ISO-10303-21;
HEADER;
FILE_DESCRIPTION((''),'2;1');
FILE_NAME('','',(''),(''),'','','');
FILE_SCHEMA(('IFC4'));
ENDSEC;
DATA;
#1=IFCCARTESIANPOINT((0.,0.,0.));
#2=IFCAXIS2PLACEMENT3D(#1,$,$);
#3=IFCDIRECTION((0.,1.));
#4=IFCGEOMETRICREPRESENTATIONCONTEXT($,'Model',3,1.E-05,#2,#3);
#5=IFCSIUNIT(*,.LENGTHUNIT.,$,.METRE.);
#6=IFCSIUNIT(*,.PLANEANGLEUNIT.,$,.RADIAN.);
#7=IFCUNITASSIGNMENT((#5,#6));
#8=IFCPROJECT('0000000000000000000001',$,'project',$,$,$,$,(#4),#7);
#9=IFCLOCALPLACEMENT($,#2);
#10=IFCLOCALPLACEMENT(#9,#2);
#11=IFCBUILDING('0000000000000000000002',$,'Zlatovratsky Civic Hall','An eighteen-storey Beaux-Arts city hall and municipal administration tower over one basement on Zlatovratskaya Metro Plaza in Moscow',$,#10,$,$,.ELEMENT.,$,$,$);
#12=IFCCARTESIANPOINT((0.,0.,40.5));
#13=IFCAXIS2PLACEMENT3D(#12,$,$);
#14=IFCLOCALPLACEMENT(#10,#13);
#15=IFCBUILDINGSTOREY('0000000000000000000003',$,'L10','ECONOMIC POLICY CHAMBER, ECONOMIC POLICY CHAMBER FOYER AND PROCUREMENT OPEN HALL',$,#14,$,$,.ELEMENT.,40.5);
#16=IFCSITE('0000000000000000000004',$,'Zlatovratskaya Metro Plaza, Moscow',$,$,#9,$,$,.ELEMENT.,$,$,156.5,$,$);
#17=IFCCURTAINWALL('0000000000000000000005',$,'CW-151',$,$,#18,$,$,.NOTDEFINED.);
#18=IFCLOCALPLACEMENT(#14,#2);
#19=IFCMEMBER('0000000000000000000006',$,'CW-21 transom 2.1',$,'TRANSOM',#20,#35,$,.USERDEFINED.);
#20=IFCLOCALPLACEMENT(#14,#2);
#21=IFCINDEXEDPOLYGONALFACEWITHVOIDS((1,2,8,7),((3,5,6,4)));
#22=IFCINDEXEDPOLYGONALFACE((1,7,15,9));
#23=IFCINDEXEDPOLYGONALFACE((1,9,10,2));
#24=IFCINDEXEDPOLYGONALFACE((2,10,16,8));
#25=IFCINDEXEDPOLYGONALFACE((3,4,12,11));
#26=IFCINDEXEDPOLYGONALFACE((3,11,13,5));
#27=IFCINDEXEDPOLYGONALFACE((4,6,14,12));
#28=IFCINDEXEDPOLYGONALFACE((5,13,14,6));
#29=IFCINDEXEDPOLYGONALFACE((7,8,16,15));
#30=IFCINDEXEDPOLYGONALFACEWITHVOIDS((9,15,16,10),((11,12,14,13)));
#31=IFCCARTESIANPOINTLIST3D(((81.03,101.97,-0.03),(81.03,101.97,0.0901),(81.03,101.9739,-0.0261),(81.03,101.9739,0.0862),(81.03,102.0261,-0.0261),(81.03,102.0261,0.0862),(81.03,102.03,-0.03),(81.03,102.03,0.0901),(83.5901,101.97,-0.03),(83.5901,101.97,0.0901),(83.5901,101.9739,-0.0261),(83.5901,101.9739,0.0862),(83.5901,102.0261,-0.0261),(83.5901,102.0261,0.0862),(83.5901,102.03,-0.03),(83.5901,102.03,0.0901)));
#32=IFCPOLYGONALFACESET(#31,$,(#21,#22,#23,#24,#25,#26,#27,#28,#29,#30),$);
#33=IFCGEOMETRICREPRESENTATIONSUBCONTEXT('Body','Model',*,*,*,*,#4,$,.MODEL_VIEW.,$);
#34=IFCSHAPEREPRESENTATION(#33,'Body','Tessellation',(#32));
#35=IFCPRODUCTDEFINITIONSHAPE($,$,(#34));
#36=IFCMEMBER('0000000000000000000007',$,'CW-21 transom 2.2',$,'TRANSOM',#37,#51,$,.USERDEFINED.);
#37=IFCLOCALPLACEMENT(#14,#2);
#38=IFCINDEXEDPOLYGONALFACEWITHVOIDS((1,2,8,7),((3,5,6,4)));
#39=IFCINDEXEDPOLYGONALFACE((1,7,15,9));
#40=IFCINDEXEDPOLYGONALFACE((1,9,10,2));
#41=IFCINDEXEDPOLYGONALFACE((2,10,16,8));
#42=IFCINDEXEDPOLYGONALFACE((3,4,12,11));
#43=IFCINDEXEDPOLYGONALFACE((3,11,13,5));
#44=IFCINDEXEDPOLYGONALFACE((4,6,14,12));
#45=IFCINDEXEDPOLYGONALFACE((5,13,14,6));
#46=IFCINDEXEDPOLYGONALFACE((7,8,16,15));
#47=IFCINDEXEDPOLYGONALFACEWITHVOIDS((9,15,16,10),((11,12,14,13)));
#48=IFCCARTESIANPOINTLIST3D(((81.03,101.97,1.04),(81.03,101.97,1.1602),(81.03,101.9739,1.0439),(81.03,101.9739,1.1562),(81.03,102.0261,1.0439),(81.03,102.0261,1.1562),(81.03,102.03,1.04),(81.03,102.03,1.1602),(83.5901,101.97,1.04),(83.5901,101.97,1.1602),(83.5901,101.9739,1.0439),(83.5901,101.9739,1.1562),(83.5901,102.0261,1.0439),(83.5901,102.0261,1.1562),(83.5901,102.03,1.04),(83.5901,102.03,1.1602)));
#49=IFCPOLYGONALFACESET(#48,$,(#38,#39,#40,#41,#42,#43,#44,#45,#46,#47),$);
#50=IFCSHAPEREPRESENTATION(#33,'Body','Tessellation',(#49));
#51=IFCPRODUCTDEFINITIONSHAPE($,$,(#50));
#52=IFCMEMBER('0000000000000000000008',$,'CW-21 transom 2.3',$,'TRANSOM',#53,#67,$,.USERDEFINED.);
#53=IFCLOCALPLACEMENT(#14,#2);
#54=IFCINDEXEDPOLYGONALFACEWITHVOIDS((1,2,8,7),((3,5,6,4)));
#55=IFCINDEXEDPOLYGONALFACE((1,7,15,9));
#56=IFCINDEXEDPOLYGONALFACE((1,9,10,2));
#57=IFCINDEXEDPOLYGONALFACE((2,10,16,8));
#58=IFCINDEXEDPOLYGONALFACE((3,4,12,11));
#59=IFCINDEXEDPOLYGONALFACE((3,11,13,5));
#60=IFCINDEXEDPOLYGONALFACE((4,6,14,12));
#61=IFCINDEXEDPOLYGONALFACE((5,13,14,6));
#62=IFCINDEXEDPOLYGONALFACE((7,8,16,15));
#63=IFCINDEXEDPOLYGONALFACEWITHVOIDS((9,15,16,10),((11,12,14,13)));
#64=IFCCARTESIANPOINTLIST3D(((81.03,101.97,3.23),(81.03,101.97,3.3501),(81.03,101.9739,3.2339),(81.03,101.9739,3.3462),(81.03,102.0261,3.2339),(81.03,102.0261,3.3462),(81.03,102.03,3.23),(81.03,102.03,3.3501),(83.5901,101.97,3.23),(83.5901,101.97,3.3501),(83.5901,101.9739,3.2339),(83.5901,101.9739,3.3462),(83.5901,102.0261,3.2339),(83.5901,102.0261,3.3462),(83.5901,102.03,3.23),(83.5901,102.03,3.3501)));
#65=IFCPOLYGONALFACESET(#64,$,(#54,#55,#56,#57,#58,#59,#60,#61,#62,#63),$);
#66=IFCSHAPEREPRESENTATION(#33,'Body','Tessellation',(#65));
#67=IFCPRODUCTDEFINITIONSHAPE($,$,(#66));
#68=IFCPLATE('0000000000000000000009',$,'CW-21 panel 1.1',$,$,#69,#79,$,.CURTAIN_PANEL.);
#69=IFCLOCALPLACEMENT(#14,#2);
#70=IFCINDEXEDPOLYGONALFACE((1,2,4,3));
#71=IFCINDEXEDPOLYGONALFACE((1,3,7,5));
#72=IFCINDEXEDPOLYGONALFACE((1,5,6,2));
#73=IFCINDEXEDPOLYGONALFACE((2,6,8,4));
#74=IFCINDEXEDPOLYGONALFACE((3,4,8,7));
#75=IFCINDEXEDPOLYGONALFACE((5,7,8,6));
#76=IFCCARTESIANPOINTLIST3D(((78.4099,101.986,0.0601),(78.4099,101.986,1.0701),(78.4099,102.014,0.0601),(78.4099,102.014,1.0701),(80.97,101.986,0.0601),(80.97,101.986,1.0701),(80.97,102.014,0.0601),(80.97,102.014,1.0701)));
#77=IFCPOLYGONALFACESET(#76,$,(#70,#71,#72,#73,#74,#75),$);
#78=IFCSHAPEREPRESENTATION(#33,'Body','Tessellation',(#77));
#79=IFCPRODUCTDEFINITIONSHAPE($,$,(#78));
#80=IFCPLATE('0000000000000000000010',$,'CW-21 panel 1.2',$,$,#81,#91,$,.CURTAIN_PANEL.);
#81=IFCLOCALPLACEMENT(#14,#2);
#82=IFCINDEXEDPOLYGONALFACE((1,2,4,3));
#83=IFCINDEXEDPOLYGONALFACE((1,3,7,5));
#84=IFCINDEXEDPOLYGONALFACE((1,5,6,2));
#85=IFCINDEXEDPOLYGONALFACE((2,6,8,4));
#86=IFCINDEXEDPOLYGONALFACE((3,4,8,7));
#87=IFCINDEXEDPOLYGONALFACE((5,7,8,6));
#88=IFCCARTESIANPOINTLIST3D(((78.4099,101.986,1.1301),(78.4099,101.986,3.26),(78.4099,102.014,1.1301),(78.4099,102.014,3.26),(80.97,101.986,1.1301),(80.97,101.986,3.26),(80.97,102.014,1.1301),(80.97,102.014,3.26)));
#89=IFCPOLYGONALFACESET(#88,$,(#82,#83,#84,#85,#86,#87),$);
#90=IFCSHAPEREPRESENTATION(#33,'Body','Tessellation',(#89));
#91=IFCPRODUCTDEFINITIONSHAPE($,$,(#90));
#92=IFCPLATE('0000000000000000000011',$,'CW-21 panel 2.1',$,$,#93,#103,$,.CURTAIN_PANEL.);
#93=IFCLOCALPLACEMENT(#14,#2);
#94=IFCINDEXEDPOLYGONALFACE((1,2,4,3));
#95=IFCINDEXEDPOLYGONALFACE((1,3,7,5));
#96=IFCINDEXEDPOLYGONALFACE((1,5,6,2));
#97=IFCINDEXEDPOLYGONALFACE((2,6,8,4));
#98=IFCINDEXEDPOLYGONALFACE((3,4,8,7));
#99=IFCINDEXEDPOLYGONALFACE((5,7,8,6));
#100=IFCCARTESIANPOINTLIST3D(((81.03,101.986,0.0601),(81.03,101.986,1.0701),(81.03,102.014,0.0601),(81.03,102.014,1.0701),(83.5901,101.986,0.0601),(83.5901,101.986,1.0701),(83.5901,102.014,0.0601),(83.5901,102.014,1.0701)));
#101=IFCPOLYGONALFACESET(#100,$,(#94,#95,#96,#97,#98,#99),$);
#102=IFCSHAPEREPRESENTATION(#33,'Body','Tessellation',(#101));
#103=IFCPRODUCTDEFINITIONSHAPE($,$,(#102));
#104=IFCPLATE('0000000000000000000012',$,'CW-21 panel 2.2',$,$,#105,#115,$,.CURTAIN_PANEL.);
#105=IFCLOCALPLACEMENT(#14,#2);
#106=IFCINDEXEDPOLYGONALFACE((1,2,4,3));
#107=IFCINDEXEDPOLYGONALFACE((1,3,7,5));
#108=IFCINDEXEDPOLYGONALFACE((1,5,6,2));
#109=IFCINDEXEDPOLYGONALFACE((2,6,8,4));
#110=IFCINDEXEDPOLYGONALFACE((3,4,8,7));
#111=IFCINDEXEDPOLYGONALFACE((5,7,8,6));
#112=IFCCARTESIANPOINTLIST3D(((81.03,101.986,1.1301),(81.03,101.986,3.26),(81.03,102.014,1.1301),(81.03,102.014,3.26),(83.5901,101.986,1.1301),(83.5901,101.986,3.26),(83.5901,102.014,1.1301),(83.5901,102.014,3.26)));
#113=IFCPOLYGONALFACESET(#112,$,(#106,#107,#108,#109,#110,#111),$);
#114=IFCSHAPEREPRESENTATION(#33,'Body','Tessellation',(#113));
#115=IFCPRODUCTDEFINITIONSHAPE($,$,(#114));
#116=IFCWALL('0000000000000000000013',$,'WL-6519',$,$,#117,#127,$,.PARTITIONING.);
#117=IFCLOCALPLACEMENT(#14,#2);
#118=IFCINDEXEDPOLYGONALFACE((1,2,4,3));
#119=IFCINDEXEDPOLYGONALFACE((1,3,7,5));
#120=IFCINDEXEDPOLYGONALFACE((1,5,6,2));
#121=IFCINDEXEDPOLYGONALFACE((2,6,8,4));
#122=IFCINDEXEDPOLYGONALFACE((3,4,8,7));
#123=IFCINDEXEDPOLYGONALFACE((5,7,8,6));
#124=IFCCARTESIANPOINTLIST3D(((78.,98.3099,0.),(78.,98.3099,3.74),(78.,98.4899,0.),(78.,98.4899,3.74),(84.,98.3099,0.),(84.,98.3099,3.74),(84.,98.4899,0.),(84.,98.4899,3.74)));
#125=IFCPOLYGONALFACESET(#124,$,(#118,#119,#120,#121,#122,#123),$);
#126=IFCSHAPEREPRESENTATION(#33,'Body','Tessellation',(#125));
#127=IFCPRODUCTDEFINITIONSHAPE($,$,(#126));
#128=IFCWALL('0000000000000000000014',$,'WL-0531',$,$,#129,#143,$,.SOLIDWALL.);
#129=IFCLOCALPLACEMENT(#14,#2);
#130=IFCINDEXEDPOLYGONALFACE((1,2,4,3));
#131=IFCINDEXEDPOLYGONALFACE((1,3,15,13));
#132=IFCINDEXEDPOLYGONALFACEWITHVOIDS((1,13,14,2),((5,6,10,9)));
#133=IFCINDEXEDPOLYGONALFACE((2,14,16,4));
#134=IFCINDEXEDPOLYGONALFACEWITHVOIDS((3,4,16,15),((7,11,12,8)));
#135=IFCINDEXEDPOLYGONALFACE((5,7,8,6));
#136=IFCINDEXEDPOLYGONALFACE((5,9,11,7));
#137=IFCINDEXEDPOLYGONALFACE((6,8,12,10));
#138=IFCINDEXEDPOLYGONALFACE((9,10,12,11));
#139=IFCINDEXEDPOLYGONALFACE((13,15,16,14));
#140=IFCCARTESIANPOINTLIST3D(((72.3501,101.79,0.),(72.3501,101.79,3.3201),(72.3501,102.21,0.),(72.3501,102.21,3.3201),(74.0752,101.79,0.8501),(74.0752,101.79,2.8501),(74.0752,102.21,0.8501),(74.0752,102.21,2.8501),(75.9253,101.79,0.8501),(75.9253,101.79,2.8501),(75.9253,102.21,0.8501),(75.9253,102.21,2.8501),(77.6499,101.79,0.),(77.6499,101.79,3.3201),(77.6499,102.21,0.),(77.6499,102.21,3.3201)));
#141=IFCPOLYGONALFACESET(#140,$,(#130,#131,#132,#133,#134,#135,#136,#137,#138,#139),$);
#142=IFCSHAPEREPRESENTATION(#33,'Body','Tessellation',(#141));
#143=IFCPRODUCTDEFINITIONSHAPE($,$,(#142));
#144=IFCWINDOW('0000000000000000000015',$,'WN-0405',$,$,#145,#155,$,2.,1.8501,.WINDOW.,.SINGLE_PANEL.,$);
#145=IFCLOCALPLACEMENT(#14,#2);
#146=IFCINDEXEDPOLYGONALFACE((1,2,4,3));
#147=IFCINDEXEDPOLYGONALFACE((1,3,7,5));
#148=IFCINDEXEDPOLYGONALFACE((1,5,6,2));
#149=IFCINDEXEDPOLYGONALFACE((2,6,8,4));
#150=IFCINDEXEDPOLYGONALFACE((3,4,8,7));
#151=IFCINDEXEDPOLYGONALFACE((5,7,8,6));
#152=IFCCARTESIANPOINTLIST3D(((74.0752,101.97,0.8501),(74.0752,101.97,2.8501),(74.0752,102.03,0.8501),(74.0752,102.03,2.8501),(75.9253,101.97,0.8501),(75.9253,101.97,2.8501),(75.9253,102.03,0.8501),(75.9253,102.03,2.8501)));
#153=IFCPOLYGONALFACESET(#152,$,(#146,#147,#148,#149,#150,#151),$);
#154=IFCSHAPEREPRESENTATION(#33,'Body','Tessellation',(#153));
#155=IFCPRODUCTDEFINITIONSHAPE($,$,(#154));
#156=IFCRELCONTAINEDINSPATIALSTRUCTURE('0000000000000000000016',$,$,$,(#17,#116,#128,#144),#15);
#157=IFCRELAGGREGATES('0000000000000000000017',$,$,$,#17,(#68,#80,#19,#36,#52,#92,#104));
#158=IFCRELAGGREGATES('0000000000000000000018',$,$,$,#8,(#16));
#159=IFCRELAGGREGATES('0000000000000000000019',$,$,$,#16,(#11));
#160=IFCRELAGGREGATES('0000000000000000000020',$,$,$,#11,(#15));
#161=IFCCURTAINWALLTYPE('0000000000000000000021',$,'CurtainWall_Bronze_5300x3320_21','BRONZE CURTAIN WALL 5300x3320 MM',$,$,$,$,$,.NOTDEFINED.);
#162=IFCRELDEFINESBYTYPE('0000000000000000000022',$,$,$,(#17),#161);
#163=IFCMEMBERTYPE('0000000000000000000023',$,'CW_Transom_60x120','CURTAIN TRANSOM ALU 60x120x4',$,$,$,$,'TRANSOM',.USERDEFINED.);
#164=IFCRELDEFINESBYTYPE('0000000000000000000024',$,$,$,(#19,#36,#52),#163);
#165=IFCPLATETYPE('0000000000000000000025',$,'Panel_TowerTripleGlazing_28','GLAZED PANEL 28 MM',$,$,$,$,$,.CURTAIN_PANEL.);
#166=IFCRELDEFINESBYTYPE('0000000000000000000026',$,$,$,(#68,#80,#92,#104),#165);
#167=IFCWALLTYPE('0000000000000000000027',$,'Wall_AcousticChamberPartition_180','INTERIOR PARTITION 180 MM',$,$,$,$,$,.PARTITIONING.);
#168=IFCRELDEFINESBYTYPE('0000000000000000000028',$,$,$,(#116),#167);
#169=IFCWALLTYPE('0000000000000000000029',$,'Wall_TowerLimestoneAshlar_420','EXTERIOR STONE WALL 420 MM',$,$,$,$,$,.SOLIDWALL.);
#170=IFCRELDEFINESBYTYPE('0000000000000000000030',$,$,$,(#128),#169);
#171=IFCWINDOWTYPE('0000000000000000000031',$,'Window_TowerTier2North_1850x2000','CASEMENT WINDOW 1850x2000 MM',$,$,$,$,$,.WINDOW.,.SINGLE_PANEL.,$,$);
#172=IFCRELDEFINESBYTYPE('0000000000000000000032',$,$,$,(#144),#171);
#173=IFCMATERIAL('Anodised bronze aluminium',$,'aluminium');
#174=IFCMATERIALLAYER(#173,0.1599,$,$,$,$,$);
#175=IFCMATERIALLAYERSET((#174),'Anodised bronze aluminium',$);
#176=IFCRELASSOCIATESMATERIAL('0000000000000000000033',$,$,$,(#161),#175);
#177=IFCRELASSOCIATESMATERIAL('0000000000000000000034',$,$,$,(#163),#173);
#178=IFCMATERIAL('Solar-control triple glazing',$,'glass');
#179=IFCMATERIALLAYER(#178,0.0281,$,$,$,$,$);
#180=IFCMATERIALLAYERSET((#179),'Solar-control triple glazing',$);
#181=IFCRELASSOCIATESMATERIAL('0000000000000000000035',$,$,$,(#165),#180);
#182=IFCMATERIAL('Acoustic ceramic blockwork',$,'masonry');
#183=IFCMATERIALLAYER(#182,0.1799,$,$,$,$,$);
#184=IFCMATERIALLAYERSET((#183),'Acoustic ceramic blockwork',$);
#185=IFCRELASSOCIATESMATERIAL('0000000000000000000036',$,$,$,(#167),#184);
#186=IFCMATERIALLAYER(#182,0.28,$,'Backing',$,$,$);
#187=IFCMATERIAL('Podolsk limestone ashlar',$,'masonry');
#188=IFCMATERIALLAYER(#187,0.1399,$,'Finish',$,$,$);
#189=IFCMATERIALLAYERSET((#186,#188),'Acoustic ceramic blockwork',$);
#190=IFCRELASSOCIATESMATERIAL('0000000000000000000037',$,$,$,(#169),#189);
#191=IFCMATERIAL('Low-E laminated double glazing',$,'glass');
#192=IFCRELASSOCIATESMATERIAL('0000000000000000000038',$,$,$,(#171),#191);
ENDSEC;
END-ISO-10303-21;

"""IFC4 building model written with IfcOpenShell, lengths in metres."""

from ifc_helpers import new_model, si_unit, direction, frame, frame_2d, origin, origin_2d, place, context, subcontext, project, spatial, rectangle, hollow_rectangle, extrude, material, layer, layer_set, material_profile, profile_set, type_object, element, fill, aggregate, save


model = new_model("IFC4")

# Units and contexts
model_context = context("Model", 3, precision=1e-05, world=origin(), true_north=direction((0.0, 1.0)))
body_context = subcontext(model_context, "Body", "Model", "MODEL_VIEW")
ifc_project = project(units=[si_unit("LENGTHUNIT", "METRE"), si_unit("PLANEANGLEUNIT", "RADIAN")], contexts=[model_context])

# Site, building, storey
site_placement = place(None, origin())
site = spatial("IfcSite", under=ifc_project, at=site_placement, Name="Zlatovratskaya Metro Plaza, Moscow", CompositionType="ELEMENT", RefElevation=156.5)
building_placement = place(site_placement, origin())
building = spatial("IfcBuilding", under=site, at=building_placement, Name="Zlatovratsky Civic Hall", Description="An eighteen-storey Beaux-Arts city hall and municipal administration tower over one basement on Zlatovratskaya Metro Plaza in Moscow", CompositionType="ELEMENT")
storey_placement = place(building_placement, frame((0.0, 0.0, 40.5)))
storey = spatial("IfcBuildingStorey", under=building, at=storey_placement, Name="L10", Description="ECONOMIC POLICY CHAMBER, ECONOMIC POLICY CHAMBER FOYER AND PROCUREMENT OPEN HALL", CompositionType="ELEMENT", Elevation=40.5)

# Curtain wall, members, plates
ifc_material_1 = material(Name="Anodised bronze aluminium", Category="aluminium")
ifc_layer_1 = layer(ifc_material_1, 0.1599)
ifc_layer_set_1 = layer_set([ifc_layer_1], Name="Anodised bronze aluminium")
curtain_wall_type = type_object("IfcCurtainWallType", Name="CurtainWall_Bronze_5300x3320_21", Description="BRONZE CURTAIN WALL 5300x3320 MM", PredefinedType="NOTDEFINED", material=ifc_layer_set_1)
curtain_wall_placement = place(storey_placement, origin())
curtain_wall = element("IfcCurtainWall", 1, at=curtain_wall_placement, inside=storey, type_object=curtain_wall_type, Name="CW-151", PredefinedType="NOTDEFINED")
ifc_material_profile_1 = material_profile(ifc_material_1, hollow_rectangle(XDim=0.0601, YDim=0.1201, WallThickness=0.0039, at=origin_2d()), Name="ALU 60x120x4")
ifc_profile_set_1 = profile_set([ifc_material_profile_1], Name="Anodised bronze aluminium")
member_type_1 = type_object("IfcMemberType", Name="CW_Transom_60x120", Description="CURTAIN TRANSOM ALU 60x120x4", ElementType="TRANSOM", PredefinedType="USERDEFINED", material=ifc_profile_set_1)
member_1_placement = place(storey_placement, frame((81.03, 102.0, 0.03), z_axis=(1.0, 0.0, 0.0), x_axis=(0.0, 1.0, 0.0)))
member_1 = element("IfcMember", 2, at=member_1_placement, type_object=member_type_1, Name="CW-21 transom 2.1", ObjectType="TRANSOM", PredefinedType="USERDEFINED", context=body_context, shape_type="SweptSolid", body=[
    extrude(hollow_rectangle(XDim=0.0601, YDim=0.1201, WallThickness=0.0039, at=origin_2d()), origin(), (0.0, 0.0, 1.0), 2.5601),
])
member_2_placement = place(storey_placement, frame((81.03, 102.0, 1.1001), z_axis=(1.0, 0.0, 0.0), x_axis=(0.0, 1.0, 0.0)))
member_2 = element("IfcMember", 3, at=member_2_placement, type_object=member_type_1, Name="CW-21 transom 2.2", ObjectType="TRANSOM", PredefinedType="USERDEFINED", context=body_context, shape_type="SweptSolid", body=[
    extrude(hollow_rectangle(XDim=0.0601, YDim=0.1201, WallThickness=0.0039, at=origin_2d()), origin(), (0.0, 0.0, 1.0), 2.5601),
])
member_3_placement = place(storey_placement, frame((81.03, 102.0, 3.29), z_axis=(1.0, 0.0, 0.0), x_axis=(0.0, 1.0, 0.0)))
member_3 = element("IfcMember", 4, at=member_3_placement, type_object=member_type_1, Name="CW-21 transom 2.3", ObjectType="TRANSOM", PredefinedType="USERDEFINED", context=body_context, shape_type="SweptSolid", body=[
    extrude(hollow_rectangle(XDim=0.0601, YDim=0.1201, WallThickness=0.0039, at=origin_2d()), origin(), (0.0, 0.0, 1.0), 2.5601),
])
ifc_material_2 = material(Name="Solar-control triple glazing", Category="glass")
ifc_layer_2 = layer(ifc_material_2, 0.0281)
ifc_layer_set_2 = layer_set([ifc_layer_2], Name="Solar-control triple glazing")
plate_type = type_object("IfcPlateType", Name="Panel_TowerTripleGlazing_28", Description="GLAZED PANEL 28 MM", PredefinedType="CURTAIN_PANEL", material=ifc_layer_set_2)
plate_1_placement = place(storey_placement, frame((79.6899, 102.0, 0.0601), z_axis=(0.0, 0.0, 1.0), x_axis=(1.0, 0.0, 0.0)))
plate_1 = element("IfcPlate", 5, at=plate_1_placement, type_object=plate_type, Name="CW-21 panel 1.1", PredefinedType="CURTAIN_PANEL", context=body_context, shape_type="SweptSolid", body=[
    extrude(rectangle(XDim=2.5601, YDim=0.0281, at=origin_2d()), origin(), (0.0, 0.0, 1.0), 1.01),
])
plate_2_placement = place(storey_placement, frame((79.6899, 102.0, 1.1301), z_axis=(0.0, 0.0, 1.0), x_axis=(1.0, 0.0, 0.0)))
plate_2 = element("IfcPlate", 6, at=plate_2_placement, type_object=plate_type, Name="CW-21 panel 1.2", PredefinedType="CURTAIN_PANEL", context=body_context, shape_type="SweptSolid", body=[
    extrude(rectangle(XDim=2.5601, YDim=0.0281, at=origin_2d()), origin(), (0.0, 0.0, 1.0), 2.1299),
])
plate_3_placement = place(storey_placement, frame((82.3101, 102.0, 0.0601), z_axis=(0.0, 0.0, 1.0), x_axis=(1.0, 0.0, 0.0)))
plate_3 = element("IfcPlate", 7, at=plate_3_placement, type_object=plate_type, Name="CW-21 panel 2.1", PredefinedType="CURTAIN_PANEL", context=body_context, shape_type="SweptSolid", body=[
    extrude(rectangle(XDim=2.5601, YDim=0.0281, at=origin_2d()), origin(), (0.0, 0.0, 1.0), 1.01),
])
plate_4_placement = place(storey_placement, frame((82.3101, 102.0, 1.1301), z_axis=(0.0, 0.0, 1.0), x_axis=(1.0, 0.0, 0.0)))
plate_4 = element("IfcPlate", 8, at=plate_4_placement, type_object=plate_type, Name="CW-21 panel 2.2", PredefinedType="CURTAIN_PANEL", context=body_context, shape_type="SweptSolid", body=[
    extrude(rectangle(XDim=2.5601, YDim=0.0281, at=origin_2d()), origin(), (0.0, 0.0, 1.0), 2.1299),
])
aggregate(curtain_wall, [plate_1, plate_2, member_1, member_2, member_3, plate_3, plate_4])

# Wall
ifc_material_3 = material(Name="Acoustic ceramic blockwork", Category="masonry")
ifc_layer_3 = layer(ifc_material_3, 0.1799)
ifc_layer_set_3 = layer_set([ifc_layer_3], Name="Acoustic ceramic blockwork")
wall_type_1 = type_object("IfcWallType", Name="Wall_AcousticChamberPartition_180", Description="INTERIOR PARTITION 180 MM", PredefinedType="PARTITIONING", material=ifc_layer_set_3)
wall_1_placement = place(storey_placement, frame((78.0, 98.3999, 0.0), z_axis=(0.0, 0.0, 1.0), x_axis=(1.0, 0.0, 0.0)))
element("IfcWall", 9, at=wall_1_placement, inside=storey, type_object=wall_type_1, Name="WL-6519", PredefinedType="PARTITIONING", context=body_context, shape_type="SweptSolid", body=[
    extrude(rectangle(XDim=6.0, YDim=0.1799, at=frame_2d((3.0, 0.0))), origin(), (0.0, 0.0, 1.0), 3.74),
])

# Wall, opening, window
ifc_layer_4 = layer(ifc_material_3, 0.28, Name="Backing")
ifc_material_4 = material(Name="Podolsk limestone ashlar", Category="masonry")
ifc_layer_5 = layer(ifc_material_4, 0.1399, Name="Finish")
ifc_layer_set_4 = layer_set([ifc_layer_4, ifc_layer_5], Name="Acoustic ceramic blockwork")
wall_type_2 = type_object("IfcWallType", Name="Wall_TowerLimestoneAshlar_420", Description="EXTERIOR STONE WALL 420 MM", PredefinedType="SOLIDWALL", material=ifc_layer_set_4)
wall_2_placement = place(storey_placement, frame((72.3501, 102.0, 0.0), z_axis=(0.0, 0.0, 1.0), x_axis=(1.0, 0.0, 0.0)))
wall_2 = element("IfcWall", 10, at=wall_2_placement, inside=storey, type_object=wall_type_2, Name="WL-0531", PredefinedType="SOLIDWALL", context=body_context, shape_type="SweptSolid", body=[
    extrude(rectangle(XDim=5.2998, YDim=0.4199, at=frame_2d((2.6499, 0.0))), origin(), (0.0, 0.0, 1.0), 3.3201),
])
opening_1_placement = place(wall_2_placement, frame((1.7251, 0.0, 0.8501)))
opening_1 = element("IfcOpeningElement", 11, at=opening_1_placement, cuts=wall_2, PredefinedType="OPENING", context=body_context, shape_type="SweptSolid", body=[
    extrude(rectangle(XDim=1.8501, YDim=2.0, at=frame_2d((0.925, 1.0))), frame((0.0, 0.2249, 0.0), z_axis=(0.0, -1.0, 0.0), x_axis=(1.0, 0.0, 0.0)), (0.0, 0.0, 1.0), 0.4497),
])
ifc_material_5 = material(Name="Low-E laminated double glazing", Category="glass")
window_type = type_object("IfcWindowType", Name="Window_TowerTier2North_1850x2000", Description="CASEMENT WINDOW 1850x2000 MM", PartitioningType="SINGLE_PANEL", PredefinedType="WINDOW", material=ifc_material_5)
window_placement = place(opening_1_placement, origin())
window = element("IfcWindow", 12, at=window_placement, inside=storey, type_object=window_type, Name="WN-0405", OverallHeight=2.0, OverallWidth=1.8501, PartitioningType="SINGLE_PANEL", PredefinedType="WINDOW", context=body_context, shape_type="SweptSolid", body=[
    extrude(rectangle(XDim=1.8501, YDim=2.0, at=frame_2d((0.925, 1.0))), frame((0.0, 0.03, 0.0), z_axis=(0.0, -1.0, 0.0), x_axis=(1.0, 0.0, 0.0)), (0.0, 0.0, 1.0), 0.0601),
])
fill(opening_1, window)

save(model, "model.ifc")
